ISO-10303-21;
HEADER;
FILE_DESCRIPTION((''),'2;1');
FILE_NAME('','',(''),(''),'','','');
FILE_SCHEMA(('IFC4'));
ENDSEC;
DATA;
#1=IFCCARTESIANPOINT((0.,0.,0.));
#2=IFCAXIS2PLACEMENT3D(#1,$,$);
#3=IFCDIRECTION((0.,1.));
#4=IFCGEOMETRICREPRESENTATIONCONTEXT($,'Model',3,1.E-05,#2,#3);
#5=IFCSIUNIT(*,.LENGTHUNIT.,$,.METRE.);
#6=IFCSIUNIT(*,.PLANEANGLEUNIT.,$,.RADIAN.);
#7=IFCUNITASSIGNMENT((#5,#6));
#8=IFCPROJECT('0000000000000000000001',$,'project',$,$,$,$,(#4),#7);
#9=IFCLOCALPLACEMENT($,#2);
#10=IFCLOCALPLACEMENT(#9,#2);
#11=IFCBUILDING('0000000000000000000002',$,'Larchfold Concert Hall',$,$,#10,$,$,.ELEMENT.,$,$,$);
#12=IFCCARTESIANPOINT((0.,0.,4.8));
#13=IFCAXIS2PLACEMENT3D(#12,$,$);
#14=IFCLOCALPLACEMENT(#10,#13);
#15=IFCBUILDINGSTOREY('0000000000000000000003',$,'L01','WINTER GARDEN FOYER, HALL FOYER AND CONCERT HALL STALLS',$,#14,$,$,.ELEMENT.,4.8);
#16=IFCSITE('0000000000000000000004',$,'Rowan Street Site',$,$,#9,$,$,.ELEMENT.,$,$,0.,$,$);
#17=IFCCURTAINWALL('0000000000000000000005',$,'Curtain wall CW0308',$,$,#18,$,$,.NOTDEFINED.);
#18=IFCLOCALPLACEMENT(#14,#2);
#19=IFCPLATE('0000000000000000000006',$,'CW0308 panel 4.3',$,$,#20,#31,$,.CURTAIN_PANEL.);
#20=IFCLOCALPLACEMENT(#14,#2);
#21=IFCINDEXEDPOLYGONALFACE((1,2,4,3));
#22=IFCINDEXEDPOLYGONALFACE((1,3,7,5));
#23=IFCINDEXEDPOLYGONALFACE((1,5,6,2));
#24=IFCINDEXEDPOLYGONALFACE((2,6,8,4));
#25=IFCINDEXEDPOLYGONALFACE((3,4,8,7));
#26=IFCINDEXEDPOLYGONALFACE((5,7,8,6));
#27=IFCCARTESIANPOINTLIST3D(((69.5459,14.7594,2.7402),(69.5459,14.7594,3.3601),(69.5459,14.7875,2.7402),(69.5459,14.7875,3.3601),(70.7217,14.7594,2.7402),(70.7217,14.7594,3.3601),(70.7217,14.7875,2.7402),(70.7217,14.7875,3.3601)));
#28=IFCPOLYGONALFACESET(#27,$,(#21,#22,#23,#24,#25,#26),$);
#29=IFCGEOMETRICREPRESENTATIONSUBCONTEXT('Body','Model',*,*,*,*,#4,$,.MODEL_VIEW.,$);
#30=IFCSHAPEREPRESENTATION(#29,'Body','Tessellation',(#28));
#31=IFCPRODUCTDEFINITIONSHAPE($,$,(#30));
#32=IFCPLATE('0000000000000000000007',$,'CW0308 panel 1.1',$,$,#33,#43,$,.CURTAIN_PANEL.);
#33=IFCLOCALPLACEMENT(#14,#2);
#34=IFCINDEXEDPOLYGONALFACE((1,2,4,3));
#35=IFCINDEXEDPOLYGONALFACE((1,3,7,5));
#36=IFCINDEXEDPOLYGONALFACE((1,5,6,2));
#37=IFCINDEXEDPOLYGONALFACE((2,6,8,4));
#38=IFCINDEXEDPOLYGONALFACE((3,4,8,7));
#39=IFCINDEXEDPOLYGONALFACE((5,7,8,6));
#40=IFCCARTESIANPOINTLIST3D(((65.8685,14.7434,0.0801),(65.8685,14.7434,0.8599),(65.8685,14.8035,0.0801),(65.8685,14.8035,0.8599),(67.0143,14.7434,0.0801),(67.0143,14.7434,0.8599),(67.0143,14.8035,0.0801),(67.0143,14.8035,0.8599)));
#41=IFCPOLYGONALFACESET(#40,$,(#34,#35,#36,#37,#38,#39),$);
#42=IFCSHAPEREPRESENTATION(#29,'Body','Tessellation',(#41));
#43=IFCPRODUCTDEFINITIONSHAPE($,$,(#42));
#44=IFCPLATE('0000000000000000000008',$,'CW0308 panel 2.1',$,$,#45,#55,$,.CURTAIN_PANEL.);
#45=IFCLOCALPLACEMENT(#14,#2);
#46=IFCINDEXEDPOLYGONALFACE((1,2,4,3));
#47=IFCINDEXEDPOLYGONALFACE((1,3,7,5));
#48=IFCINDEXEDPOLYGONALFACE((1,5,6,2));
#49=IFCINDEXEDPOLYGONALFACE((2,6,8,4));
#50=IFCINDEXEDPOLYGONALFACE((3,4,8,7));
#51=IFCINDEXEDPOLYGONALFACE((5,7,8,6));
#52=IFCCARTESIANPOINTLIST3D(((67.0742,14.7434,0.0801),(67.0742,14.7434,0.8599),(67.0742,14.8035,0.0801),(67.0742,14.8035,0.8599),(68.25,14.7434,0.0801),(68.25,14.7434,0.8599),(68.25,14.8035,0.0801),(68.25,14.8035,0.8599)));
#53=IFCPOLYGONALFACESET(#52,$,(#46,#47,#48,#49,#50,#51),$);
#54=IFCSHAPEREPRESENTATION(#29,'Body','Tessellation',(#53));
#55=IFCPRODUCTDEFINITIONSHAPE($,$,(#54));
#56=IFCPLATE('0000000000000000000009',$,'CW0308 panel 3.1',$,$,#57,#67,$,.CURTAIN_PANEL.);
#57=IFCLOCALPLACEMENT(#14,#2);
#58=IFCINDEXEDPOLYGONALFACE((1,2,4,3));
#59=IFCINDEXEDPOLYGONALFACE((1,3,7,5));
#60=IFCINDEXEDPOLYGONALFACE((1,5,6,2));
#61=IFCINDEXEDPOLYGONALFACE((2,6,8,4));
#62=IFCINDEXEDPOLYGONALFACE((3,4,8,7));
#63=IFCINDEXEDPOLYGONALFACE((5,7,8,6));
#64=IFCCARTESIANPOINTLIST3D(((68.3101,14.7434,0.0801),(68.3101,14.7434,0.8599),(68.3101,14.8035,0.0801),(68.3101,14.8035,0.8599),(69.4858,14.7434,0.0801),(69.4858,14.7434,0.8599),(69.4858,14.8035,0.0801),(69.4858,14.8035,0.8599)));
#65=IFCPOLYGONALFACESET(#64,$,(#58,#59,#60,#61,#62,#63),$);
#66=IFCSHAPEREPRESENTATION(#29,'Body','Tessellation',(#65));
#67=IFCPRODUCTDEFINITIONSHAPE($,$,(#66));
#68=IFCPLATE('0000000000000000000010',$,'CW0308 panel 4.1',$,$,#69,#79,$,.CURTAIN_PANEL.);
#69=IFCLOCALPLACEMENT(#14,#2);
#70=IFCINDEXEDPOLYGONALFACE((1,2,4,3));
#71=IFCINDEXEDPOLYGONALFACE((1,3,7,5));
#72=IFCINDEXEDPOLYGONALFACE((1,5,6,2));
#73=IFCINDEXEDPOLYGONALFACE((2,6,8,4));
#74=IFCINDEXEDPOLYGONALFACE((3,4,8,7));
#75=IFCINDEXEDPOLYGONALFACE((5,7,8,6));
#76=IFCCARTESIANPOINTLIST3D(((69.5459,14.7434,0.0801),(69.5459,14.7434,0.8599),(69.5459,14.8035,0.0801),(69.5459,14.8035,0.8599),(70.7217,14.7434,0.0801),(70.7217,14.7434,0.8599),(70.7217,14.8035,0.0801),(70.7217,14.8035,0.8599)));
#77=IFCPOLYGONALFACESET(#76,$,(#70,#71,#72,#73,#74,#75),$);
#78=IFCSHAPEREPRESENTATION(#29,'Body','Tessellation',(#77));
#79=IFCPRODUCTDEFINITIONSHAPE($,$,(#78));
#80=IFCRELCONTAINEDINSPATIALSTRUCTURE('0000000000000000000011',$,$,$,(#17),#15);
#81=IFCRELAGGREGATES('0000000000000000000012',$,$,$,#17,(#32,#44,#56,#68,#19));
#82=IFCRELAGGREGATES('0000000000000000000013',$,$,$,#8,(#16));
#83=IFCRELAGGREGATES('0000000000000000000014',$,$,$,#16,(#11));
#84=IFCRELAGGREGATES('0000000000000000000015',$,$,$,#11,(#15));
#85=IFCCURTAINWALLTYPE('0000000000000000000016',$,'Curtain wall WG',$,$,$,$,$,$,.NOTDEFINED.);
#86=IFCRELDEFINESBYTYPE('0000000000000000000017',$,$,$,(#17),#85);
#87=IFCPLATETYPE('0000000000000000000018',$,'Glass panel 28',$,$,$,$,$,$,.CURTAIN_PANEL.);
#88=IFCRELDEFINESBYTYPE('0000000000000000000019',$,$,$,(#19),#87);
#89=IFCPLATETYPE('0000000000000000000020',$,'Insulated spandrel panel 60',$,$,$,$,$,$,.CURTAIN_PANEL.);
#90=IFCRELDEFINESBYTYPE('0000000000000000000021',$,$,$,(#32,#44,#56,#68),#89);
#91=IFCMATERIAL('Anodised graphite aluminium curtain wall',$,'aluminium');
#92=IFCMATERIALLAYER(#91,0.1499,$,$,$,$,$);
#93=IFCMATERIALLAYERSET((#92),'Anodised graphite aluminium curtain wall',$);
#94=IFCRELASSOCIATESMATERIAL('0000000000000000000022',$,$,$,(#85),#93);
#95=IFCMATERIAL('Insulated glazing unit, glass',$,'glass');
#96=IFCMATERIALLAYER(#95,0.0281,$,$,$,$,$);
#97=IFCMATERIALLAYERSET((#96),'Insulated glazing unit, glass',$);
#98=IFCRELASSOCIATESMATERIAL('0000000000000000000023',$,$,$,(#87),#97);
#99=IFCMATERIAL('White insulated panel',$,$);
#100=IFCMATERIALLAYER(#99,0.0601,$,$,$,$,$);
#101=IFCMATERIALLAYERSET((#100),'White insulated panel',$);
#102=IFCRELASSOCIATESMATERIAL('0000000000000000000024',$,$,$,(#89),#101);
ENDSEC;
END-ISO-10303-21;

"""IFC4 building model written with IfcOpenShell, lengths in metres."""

from ifc_helpers import new_model, si_unit, direction, frame, origin, origin_2d, place, context, subcontext, project, spatial, rectangle, extrude, material, layer, layer_set, type_object, element, aggregate, save


model = new_model("IFC4")

# Units and contexts
model_context = context("Model", 3, precision=1e-05, world=origin(), true_north=direction((0.0, 1.0)))
body_context = subcontext(model_context, "Body", "Model", "MODEL_VIEW")
ifc_project = project(units=[si_unit("LENGTHUNIT", "METRE"), si_unit("PLANEANGLEUNIT", "RADIAN")], contexts=[model_context])

# Site, building, storey
site_placement = place(None, origin())
site = spatial("IfcSite", under=ifc_project, at=site_placement, Name="Rowan Street Site", CompositionType="ELEMENT", RefElevation=0.0)
building_placement = place(site_placement, origin())
building = spatial("IfcBuilding", under=site, at=building_placement, Name="Larchfold Concert Hall", CompositionType="ELEMENT")
storey_placement = place(building_placement, frame((0.0, 0.0, 4.8)))
storey = spatial("IfcBuildingStorey", under=building, at=storey_placement, Name="L01", Description="WINTER GARDEN FOYER, HALL FOYER AND CONCERT HALL STALLS", CompositionType="ELEMENT", Elevation=4.8)

# Curtain wall, plates
ifc_material_1 = material(Name="Anodised graphite aluminium curtain wall", Category="aluminium")
ifc_layer_1 = layer(ifc_material_1, 0.1499)
ifc_layer_set_1 = layer_set([ifc_layer_1], Name="Anodised graphite aluminium curtain wall")
curtain_wall_type = type_object("IfcCurtainWallType", Name="Curtain wall WG", PredefinedType="NOTDEFINED", material=ifc_layer_set_1)
curtain_wall_placement = place(storey_placement, origin())
curtain_wall = element("IfcCurtainWall", 1, at=curtain_wall_placement, inside=storey, type_object=curtain_wall_type, Name="Curtain wall CW0308", PredefinedType="NOTDEFINED")
ifc_material_2 = material(Name="Insulated glazing unit, glass", Category="glass")
ifc_layer_2 = layer(ifc_material_2, 0.0281)
ifc_layer_set_2 = layer_set([ifc_layer_2], Name="Insulated glazing unit, glass")
plate_type_1 = type_object("IfcPlateType", Name="Glass panel 28", PredefinedType="CURTAIN_PANEL", material=ifc_layer_set_2)
plate_1_placement = place(storey_placement, frame((70.1338, 14.7734, 2.7402), z_axis=(0.0, 0.0, 1.0), x_axis=(1.0, 0.0, 0.0)))
plate_1 = element("IfcPlate", 2, at=plate_1_placement, type_object=plate_type_1, Name="CW0308 panel 4.3", PredefinedType="CURTAIN_PANEL", context=body_context, shape_type="SweptSolid", body=[
    extrude(rectangle(XDim=1.1758, YDim=0.0281, at=origin_2d()), origin(), (0.0, 0.0, 1.0), 0.6199),
])
ifc_material_3 = material(Name="White insulated panel")
ifc_layer_3 = layer(ifc_material_3, 0.0601)
ifc_layer_set_3 = layer_set([ifc_layer_3], Name="White insulated panel")
plate_type_2 = type_object("IfcPlateType", Name="Insulated spandrel panel 60", PredefinedType="CURTAIN_PANEL", material=ifc_layer_set_3)
plate_2_placement = place(storey_placement, frame((66.4414, 14.7734, 0.0801), z_axis=(0.0, 0.0, 1.0), x_axis=(1.0, 0.0, 0.0)))
plate_2 = element("IfcPlate", 3, at=plate_2_placement, type_object=plate_type_2, Name="CW0308 panel 1.1", PredefinedType="CURTAIN_PANEL", context=body_context, shape_type="SweptSolid", body=[
    extrude(rectangle(XDim=1.1458, YDim=0.0601, at=origin_2d()), origin(), (0.0, 0.0, 1.0), 0.7798),
])
plate_3_placement = place(storey_placement, frame((67.6621, 14.7734, 0.0801), z_axis=(0.0, 0.0, 1.0), x_axis=(1.0, 0.0, 0.0)))
plate_3 = element("IfcPlate", 4, at=plate_3_placement, type_object=plate_type_2, Name="CW0308 panel 2.1", PredefinedType="CURTAIN_PANEL", context=body_context, shape_type="SweptSolid", body=[
    extrude(rectangle(XDim=1.1758, YDim=0.0601, at=origin_2d()), origin(), (0.0, 0.0, 1.0), 0.7798),
])
plate_4_placement = place(storey_placement, frame((68.8979, 14.7734, 0.0801), z_axis=(0.0, 0.0, 1.0), x_axis=(1.0, 0.0, 0.0)))
plate_4 = element("IfcPlate", 5, at=plate_4_placement, type_object=plate_type_2, Name="CW0308 panel 3.1", PredefinedType="CURTAIN_PANEL", context=body_context, shape_type="SweptSolid", body=[
    extrude(rectangle(XDim=1.1758, YDim=0.0601, at=origin_2d()), origin(), (0.0, 0.0, 1.0), 0.7798),
])
plate_5_placement = place(storey_placement, frame((70.1338, 14.7734, 0.0801), z_axis=(0.0, 0.0, 1.0), x_axis=(1.0, 0.0, 0.0)))
plate_5 = element("IfcPlate", 6, at=plate_5_placement, type_object=plate_type_2, Name="CW0308 panel 4.1", PredefinedType="CURTAIN_PANEL", context=body_context, shape_type="SweptSolid", body=[
    extrude(rectangle(XDim=1.1758, YDim=0.0601, at=origin_2d()), origin(), (0.0, 0.0, 1.0), 0.7798),
])
aggregate(curtain_wall, [plate_2, plate_3, plate_4, plate_5, plate_1])

save(model, "model.ifc")
